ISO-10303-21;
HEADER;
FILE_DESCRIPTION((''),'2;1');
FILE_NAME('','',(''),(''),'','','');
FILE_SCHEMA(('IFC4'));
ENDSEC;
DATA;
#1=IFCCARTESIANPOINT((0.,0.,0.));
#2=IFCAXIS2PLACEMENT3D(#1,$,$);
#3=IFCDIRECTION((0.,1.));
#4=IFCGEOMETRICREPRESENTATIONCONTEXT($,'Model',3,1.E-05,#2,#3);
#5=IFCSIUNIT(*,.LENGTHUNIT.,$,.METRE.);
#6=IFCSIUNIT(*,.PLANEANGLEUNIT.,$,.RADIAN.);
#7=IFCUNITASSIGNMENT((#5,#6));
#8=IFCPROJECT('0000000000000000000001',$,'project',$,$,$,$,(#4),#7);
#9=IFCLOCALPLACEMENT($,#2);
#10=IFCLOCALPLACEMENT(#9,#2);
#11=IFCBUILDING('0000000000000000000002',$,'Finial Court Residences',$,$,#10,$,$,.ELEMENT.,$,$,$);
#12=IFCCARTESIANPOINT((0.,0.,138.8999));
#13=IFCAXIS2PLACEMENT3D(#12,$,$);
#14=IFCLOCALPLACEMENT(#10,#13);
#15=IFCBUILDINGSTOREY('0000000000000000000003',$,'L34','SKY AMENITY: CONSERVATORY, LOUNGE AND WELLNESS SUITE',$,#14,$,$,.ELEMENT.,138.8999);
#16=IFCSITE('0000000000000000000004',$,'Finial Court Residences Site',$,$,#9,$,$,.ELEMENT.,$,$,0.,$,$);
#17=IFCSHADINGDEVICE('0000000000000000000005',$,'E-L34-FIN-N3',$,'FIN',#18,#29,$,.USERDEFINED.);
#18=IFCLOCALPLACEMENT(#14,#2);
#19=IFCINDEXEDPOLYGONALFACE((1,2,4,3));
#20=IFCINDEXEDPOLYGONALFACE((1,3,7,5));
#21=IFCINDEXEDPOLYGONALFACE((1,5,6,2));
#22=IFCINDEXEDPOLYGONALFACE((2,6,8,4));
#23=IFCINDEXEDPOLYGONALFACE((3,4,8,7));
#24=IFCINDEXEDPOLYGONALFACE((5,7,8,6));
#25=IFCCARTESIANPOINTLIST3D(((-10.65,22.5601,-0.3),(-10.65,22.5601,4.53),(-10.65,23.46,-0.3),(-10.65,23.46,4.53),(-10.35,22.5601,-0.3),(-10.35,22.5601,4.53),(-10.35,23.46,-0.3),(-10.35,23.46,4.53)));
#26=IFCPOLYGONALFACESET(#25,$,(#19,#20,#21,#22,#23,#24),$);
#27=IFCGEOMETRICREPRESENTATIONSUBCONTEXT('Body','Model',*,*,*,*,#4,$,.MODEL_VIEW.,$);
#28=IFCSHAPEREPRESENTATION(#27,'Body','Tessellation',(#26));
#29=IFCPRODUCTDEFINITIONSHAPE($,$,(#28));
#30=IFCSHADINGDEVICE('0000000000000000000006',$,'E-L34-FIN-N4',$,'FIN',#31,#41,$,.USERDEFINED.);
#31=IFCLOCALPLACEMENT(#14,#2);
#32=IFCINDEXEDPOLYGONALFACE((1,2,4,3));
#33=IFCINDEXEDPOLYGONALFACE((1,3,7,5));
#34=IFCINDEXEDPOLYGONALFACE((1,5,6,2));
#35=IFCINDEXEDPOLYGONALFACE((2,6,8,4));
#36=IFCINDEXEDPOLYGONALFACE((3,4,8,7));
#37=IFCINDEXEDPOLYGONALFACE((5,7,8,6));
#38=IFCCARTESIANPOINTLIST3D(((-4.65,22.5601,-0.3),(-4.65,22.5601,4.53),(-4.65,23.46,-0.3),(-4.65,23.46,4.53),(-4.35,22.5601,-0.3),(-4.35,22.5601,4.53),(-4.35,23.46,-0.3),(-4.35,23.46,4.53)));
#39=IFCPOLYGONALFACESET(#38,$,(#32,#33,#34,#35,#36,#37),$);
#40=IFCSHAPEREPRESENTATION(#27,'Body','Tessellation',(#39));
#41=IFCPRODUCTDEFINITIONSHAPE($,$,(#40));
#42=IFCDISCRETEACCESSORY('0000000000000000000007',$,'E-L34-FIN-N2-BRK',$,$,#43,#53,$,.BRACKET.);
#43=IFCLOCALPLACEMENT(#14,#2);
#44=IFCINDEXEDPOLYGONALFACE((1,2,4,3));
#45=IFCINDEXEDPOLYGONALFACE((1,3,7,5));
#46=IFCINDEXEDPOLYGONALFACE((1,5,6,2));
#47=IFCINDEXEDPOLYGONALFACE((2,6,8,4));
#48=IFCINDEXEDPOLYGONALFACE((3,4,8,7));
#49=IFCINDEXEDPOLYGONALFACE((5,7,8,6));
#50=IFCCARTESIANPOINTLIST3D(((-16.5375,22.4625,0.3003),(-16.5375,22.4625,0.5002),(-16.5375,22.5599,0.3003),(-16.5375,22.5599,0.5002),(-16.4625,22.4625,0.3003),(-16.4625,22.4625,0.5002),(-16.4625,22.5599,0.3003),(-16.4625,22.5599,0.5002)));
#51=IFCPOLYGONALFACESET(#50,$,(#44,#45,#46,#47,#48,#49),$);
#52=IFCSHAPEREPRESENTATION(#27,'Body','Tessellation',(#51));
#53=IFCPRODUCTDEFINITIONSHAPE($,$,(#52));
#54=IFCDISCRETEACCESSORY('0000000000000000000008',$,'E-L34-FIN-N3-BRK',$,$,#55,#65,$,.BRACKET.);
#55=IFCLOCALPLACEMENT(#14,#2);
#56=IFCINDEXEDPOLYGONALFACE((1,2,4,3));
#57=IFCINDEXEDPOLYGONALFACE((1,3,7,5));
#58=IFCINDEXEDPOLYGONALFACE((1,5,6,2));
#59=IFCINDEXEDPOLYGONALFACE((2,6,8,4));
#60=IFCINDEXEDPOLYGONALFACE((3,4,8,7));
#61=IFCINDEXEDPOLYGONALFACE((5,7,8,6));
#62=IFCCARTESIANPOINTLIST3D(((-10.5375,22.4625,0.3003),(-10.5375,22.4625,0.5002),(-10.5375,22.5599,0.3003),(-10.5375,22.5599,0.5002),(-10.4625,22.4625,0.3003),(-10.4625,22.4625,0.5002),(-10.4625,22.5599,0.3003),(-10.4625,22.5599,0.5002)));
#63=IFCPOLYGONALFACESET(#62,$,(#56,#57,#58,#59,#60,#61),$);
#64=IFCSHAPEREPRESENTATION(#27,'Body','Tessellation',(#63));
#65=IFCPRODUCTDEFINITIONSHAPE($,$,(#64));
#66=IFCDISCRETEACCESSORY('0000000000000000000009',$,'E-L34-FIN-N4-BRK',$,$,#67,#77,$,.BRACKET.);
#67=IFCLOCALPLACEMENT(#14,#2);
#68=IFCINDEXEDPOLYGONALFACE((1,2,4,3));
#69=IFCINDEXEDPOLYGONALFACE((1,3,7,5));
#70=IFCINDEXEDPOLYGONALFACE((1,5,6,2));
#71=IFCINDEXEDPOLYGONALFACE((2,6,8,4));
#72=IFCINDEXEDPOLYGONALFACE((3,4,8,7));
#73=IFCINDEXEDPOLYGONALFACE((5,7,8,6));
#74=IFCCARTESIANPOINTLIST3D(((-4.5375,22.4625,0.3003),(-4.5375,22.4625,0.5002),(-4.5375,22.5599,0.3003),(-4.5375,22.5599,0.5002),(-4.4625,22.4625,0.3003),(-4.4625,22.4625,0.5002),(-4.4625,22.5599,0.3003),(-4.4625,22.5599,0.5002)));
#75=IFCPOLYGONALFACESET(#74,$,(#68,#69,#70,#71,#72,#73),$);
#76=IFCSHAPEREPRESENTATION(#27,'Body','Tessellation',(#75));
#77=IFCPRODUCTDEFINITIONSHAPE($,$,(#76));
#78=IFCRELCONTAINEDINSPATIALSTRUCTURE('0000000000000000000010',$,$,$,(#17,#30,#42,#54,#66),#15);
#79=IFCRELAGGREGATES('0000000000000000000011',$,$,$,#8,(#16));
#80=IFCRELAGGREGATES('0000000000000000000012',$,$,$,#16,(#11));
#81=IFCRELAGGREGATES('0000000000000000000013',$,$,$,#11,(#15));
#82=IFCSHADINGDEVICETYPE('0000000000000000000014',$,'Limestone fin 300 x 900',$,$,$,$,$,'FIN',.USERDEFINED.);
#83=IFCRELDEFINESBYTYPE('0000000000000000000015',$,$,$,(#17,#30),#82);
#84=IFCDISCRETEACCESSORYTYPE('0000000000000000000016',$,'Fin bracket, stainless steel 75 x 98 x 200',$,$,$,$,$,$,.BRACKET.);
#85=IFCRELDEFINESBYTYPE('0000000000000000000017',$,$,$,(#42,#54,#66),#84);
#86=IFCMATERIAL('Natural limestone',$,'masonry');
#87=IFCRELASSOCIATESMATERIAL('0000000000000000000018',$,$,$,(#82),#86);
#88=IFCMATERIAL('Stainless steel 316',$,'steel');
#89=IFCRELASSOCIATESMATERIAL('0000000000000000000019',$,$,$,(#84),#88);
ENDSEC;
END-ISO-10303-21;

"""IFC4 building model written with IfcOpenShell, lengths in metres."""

from ifc_helpers import new_model, si_unit, direction, frame, origin, origin_2d, place, context, subcontext, project, spatial, rectangle, extrude, material, type_object, element, save


model = new_model("IFC4")

# Units and contexts
model_context = context("Model", 3, precision=1e-05, world=origin(), true_north=direction((0.0, 1.0)))
body_context = subcontext(model_context, "Body", "Model", "MODEL_VIEW")
ifc_project = project(units=[si_unit("LENGTHUNIT", "METRE"), si_unit("PLANEANGLEUNIT", "RADIAN")], contexts=[model_context])

# Site, building, storey
site_placement = place(None, origin())
site = spatial("IfcSite", under=ifc_project, at=site_placement, Name="Finial Court Residences Site", CompositionType="ELEMENT", RefElevation=0.0)
building_placement = place(site_placement, origin())
building = spatial("IfcBuilding", under=site, at=building_placement, Name="Finial Court Residences", CompositionType="ELEMENT")
storey_placement = place(building_placement, frame((0.0, 0.0, 138.8999)))
storey = spatial("IfcBuildingStorey", under=building, at=storey_placement, Name="L34", Description="SKY AMENITY: CONSERVATORY, LOUNGE AND WELLNESS SUITE", CompositionType="ELEMENT", Elevation=138.8999)

# Shading devices
ifc_material_1 = material(Name="Natural limestone", Category="masonry")
shading_device_type = type_object("IfcShadingDeviceType", Name="Limestone fin 300 x 900", ElementType="FIN", PredefinedType="USERDEFINED", material=ifc_material_1)
for number, where, z_axis, x_axis, name in (
    (1, (-10.5, 23.01, -0.3), (0.0, 0.0, 1.0), (1.0, 0.0, 0.0), "E-L34-FIN-N3"),
    (2, (-4.5, 23.01, -0.3), (0.0, 0.0, 1.0), (1.0, 0.0, 0.0), "E-L34-FIN-N4"),
):
    element("IfcShadingDevice", number, at=place(storey_placement, frame(where, z_axis=z_axis, x_axis=x_axis)), inside=storey, type_object=shading_device_type, Name=name, ObjectType="FIN", PredefinedType="USERDEFINED", context=body_context, shape_type="SweptSolid", body=[
        extrude(rectangle(XDim=0.3, YDim=0.8999, at=origin_2d()), origin(), (0.0, 0.0, 1.0), 4.8301),
    ])

# Discrete accessories
ifc_material_2 = material(Name="Stainless steel 316", Category="steel")
discrete_accessory_type = type_object("IfcDiscreteAccessoryType", Name="Fin bracket, stainless steel 75 x 98 x 200", PredefinedType="BRACKET", material=ifc_material_2)
for number, where, z_axis, x_axis, name in (
    (3, (-16.5, 22.5112, 0.3003), (0.0, 0.0, 1.0), (1.0, 0.0, 0.0), "E-L34-FIN-N2-BRK"),
    (4, (-10.5, 22.5112, 0.3003), (0.0, 0.0, 1.0), (1.0, 0.0, 0.0), "E-L34-FIN-N3-BRK"),
    (5, (-4.5, 22.5112, 0.3003), (0.0, 0.0, 1.0), (1.0, 0.0, 0.0), "E-L34-FIN-N4-BRK"),
):
    element("IfcDiscreteAccessory", number, at=place(storey_placement, frame(where, z_axis=z_axis, x_axis=x_axis)), inside=storey, type_object=discrete_accessory_type, Name=name, PredefinedType="BRACKET", context=body_context, shape_type="SweptSolid", body=[
        extrude(rectangle(XDim=0.075, YDim=0.0974, at=origin_2d()), origin(), (0.0, 0.0, 1.0), 0.2),
    ])

save(model, "model.ifc")
